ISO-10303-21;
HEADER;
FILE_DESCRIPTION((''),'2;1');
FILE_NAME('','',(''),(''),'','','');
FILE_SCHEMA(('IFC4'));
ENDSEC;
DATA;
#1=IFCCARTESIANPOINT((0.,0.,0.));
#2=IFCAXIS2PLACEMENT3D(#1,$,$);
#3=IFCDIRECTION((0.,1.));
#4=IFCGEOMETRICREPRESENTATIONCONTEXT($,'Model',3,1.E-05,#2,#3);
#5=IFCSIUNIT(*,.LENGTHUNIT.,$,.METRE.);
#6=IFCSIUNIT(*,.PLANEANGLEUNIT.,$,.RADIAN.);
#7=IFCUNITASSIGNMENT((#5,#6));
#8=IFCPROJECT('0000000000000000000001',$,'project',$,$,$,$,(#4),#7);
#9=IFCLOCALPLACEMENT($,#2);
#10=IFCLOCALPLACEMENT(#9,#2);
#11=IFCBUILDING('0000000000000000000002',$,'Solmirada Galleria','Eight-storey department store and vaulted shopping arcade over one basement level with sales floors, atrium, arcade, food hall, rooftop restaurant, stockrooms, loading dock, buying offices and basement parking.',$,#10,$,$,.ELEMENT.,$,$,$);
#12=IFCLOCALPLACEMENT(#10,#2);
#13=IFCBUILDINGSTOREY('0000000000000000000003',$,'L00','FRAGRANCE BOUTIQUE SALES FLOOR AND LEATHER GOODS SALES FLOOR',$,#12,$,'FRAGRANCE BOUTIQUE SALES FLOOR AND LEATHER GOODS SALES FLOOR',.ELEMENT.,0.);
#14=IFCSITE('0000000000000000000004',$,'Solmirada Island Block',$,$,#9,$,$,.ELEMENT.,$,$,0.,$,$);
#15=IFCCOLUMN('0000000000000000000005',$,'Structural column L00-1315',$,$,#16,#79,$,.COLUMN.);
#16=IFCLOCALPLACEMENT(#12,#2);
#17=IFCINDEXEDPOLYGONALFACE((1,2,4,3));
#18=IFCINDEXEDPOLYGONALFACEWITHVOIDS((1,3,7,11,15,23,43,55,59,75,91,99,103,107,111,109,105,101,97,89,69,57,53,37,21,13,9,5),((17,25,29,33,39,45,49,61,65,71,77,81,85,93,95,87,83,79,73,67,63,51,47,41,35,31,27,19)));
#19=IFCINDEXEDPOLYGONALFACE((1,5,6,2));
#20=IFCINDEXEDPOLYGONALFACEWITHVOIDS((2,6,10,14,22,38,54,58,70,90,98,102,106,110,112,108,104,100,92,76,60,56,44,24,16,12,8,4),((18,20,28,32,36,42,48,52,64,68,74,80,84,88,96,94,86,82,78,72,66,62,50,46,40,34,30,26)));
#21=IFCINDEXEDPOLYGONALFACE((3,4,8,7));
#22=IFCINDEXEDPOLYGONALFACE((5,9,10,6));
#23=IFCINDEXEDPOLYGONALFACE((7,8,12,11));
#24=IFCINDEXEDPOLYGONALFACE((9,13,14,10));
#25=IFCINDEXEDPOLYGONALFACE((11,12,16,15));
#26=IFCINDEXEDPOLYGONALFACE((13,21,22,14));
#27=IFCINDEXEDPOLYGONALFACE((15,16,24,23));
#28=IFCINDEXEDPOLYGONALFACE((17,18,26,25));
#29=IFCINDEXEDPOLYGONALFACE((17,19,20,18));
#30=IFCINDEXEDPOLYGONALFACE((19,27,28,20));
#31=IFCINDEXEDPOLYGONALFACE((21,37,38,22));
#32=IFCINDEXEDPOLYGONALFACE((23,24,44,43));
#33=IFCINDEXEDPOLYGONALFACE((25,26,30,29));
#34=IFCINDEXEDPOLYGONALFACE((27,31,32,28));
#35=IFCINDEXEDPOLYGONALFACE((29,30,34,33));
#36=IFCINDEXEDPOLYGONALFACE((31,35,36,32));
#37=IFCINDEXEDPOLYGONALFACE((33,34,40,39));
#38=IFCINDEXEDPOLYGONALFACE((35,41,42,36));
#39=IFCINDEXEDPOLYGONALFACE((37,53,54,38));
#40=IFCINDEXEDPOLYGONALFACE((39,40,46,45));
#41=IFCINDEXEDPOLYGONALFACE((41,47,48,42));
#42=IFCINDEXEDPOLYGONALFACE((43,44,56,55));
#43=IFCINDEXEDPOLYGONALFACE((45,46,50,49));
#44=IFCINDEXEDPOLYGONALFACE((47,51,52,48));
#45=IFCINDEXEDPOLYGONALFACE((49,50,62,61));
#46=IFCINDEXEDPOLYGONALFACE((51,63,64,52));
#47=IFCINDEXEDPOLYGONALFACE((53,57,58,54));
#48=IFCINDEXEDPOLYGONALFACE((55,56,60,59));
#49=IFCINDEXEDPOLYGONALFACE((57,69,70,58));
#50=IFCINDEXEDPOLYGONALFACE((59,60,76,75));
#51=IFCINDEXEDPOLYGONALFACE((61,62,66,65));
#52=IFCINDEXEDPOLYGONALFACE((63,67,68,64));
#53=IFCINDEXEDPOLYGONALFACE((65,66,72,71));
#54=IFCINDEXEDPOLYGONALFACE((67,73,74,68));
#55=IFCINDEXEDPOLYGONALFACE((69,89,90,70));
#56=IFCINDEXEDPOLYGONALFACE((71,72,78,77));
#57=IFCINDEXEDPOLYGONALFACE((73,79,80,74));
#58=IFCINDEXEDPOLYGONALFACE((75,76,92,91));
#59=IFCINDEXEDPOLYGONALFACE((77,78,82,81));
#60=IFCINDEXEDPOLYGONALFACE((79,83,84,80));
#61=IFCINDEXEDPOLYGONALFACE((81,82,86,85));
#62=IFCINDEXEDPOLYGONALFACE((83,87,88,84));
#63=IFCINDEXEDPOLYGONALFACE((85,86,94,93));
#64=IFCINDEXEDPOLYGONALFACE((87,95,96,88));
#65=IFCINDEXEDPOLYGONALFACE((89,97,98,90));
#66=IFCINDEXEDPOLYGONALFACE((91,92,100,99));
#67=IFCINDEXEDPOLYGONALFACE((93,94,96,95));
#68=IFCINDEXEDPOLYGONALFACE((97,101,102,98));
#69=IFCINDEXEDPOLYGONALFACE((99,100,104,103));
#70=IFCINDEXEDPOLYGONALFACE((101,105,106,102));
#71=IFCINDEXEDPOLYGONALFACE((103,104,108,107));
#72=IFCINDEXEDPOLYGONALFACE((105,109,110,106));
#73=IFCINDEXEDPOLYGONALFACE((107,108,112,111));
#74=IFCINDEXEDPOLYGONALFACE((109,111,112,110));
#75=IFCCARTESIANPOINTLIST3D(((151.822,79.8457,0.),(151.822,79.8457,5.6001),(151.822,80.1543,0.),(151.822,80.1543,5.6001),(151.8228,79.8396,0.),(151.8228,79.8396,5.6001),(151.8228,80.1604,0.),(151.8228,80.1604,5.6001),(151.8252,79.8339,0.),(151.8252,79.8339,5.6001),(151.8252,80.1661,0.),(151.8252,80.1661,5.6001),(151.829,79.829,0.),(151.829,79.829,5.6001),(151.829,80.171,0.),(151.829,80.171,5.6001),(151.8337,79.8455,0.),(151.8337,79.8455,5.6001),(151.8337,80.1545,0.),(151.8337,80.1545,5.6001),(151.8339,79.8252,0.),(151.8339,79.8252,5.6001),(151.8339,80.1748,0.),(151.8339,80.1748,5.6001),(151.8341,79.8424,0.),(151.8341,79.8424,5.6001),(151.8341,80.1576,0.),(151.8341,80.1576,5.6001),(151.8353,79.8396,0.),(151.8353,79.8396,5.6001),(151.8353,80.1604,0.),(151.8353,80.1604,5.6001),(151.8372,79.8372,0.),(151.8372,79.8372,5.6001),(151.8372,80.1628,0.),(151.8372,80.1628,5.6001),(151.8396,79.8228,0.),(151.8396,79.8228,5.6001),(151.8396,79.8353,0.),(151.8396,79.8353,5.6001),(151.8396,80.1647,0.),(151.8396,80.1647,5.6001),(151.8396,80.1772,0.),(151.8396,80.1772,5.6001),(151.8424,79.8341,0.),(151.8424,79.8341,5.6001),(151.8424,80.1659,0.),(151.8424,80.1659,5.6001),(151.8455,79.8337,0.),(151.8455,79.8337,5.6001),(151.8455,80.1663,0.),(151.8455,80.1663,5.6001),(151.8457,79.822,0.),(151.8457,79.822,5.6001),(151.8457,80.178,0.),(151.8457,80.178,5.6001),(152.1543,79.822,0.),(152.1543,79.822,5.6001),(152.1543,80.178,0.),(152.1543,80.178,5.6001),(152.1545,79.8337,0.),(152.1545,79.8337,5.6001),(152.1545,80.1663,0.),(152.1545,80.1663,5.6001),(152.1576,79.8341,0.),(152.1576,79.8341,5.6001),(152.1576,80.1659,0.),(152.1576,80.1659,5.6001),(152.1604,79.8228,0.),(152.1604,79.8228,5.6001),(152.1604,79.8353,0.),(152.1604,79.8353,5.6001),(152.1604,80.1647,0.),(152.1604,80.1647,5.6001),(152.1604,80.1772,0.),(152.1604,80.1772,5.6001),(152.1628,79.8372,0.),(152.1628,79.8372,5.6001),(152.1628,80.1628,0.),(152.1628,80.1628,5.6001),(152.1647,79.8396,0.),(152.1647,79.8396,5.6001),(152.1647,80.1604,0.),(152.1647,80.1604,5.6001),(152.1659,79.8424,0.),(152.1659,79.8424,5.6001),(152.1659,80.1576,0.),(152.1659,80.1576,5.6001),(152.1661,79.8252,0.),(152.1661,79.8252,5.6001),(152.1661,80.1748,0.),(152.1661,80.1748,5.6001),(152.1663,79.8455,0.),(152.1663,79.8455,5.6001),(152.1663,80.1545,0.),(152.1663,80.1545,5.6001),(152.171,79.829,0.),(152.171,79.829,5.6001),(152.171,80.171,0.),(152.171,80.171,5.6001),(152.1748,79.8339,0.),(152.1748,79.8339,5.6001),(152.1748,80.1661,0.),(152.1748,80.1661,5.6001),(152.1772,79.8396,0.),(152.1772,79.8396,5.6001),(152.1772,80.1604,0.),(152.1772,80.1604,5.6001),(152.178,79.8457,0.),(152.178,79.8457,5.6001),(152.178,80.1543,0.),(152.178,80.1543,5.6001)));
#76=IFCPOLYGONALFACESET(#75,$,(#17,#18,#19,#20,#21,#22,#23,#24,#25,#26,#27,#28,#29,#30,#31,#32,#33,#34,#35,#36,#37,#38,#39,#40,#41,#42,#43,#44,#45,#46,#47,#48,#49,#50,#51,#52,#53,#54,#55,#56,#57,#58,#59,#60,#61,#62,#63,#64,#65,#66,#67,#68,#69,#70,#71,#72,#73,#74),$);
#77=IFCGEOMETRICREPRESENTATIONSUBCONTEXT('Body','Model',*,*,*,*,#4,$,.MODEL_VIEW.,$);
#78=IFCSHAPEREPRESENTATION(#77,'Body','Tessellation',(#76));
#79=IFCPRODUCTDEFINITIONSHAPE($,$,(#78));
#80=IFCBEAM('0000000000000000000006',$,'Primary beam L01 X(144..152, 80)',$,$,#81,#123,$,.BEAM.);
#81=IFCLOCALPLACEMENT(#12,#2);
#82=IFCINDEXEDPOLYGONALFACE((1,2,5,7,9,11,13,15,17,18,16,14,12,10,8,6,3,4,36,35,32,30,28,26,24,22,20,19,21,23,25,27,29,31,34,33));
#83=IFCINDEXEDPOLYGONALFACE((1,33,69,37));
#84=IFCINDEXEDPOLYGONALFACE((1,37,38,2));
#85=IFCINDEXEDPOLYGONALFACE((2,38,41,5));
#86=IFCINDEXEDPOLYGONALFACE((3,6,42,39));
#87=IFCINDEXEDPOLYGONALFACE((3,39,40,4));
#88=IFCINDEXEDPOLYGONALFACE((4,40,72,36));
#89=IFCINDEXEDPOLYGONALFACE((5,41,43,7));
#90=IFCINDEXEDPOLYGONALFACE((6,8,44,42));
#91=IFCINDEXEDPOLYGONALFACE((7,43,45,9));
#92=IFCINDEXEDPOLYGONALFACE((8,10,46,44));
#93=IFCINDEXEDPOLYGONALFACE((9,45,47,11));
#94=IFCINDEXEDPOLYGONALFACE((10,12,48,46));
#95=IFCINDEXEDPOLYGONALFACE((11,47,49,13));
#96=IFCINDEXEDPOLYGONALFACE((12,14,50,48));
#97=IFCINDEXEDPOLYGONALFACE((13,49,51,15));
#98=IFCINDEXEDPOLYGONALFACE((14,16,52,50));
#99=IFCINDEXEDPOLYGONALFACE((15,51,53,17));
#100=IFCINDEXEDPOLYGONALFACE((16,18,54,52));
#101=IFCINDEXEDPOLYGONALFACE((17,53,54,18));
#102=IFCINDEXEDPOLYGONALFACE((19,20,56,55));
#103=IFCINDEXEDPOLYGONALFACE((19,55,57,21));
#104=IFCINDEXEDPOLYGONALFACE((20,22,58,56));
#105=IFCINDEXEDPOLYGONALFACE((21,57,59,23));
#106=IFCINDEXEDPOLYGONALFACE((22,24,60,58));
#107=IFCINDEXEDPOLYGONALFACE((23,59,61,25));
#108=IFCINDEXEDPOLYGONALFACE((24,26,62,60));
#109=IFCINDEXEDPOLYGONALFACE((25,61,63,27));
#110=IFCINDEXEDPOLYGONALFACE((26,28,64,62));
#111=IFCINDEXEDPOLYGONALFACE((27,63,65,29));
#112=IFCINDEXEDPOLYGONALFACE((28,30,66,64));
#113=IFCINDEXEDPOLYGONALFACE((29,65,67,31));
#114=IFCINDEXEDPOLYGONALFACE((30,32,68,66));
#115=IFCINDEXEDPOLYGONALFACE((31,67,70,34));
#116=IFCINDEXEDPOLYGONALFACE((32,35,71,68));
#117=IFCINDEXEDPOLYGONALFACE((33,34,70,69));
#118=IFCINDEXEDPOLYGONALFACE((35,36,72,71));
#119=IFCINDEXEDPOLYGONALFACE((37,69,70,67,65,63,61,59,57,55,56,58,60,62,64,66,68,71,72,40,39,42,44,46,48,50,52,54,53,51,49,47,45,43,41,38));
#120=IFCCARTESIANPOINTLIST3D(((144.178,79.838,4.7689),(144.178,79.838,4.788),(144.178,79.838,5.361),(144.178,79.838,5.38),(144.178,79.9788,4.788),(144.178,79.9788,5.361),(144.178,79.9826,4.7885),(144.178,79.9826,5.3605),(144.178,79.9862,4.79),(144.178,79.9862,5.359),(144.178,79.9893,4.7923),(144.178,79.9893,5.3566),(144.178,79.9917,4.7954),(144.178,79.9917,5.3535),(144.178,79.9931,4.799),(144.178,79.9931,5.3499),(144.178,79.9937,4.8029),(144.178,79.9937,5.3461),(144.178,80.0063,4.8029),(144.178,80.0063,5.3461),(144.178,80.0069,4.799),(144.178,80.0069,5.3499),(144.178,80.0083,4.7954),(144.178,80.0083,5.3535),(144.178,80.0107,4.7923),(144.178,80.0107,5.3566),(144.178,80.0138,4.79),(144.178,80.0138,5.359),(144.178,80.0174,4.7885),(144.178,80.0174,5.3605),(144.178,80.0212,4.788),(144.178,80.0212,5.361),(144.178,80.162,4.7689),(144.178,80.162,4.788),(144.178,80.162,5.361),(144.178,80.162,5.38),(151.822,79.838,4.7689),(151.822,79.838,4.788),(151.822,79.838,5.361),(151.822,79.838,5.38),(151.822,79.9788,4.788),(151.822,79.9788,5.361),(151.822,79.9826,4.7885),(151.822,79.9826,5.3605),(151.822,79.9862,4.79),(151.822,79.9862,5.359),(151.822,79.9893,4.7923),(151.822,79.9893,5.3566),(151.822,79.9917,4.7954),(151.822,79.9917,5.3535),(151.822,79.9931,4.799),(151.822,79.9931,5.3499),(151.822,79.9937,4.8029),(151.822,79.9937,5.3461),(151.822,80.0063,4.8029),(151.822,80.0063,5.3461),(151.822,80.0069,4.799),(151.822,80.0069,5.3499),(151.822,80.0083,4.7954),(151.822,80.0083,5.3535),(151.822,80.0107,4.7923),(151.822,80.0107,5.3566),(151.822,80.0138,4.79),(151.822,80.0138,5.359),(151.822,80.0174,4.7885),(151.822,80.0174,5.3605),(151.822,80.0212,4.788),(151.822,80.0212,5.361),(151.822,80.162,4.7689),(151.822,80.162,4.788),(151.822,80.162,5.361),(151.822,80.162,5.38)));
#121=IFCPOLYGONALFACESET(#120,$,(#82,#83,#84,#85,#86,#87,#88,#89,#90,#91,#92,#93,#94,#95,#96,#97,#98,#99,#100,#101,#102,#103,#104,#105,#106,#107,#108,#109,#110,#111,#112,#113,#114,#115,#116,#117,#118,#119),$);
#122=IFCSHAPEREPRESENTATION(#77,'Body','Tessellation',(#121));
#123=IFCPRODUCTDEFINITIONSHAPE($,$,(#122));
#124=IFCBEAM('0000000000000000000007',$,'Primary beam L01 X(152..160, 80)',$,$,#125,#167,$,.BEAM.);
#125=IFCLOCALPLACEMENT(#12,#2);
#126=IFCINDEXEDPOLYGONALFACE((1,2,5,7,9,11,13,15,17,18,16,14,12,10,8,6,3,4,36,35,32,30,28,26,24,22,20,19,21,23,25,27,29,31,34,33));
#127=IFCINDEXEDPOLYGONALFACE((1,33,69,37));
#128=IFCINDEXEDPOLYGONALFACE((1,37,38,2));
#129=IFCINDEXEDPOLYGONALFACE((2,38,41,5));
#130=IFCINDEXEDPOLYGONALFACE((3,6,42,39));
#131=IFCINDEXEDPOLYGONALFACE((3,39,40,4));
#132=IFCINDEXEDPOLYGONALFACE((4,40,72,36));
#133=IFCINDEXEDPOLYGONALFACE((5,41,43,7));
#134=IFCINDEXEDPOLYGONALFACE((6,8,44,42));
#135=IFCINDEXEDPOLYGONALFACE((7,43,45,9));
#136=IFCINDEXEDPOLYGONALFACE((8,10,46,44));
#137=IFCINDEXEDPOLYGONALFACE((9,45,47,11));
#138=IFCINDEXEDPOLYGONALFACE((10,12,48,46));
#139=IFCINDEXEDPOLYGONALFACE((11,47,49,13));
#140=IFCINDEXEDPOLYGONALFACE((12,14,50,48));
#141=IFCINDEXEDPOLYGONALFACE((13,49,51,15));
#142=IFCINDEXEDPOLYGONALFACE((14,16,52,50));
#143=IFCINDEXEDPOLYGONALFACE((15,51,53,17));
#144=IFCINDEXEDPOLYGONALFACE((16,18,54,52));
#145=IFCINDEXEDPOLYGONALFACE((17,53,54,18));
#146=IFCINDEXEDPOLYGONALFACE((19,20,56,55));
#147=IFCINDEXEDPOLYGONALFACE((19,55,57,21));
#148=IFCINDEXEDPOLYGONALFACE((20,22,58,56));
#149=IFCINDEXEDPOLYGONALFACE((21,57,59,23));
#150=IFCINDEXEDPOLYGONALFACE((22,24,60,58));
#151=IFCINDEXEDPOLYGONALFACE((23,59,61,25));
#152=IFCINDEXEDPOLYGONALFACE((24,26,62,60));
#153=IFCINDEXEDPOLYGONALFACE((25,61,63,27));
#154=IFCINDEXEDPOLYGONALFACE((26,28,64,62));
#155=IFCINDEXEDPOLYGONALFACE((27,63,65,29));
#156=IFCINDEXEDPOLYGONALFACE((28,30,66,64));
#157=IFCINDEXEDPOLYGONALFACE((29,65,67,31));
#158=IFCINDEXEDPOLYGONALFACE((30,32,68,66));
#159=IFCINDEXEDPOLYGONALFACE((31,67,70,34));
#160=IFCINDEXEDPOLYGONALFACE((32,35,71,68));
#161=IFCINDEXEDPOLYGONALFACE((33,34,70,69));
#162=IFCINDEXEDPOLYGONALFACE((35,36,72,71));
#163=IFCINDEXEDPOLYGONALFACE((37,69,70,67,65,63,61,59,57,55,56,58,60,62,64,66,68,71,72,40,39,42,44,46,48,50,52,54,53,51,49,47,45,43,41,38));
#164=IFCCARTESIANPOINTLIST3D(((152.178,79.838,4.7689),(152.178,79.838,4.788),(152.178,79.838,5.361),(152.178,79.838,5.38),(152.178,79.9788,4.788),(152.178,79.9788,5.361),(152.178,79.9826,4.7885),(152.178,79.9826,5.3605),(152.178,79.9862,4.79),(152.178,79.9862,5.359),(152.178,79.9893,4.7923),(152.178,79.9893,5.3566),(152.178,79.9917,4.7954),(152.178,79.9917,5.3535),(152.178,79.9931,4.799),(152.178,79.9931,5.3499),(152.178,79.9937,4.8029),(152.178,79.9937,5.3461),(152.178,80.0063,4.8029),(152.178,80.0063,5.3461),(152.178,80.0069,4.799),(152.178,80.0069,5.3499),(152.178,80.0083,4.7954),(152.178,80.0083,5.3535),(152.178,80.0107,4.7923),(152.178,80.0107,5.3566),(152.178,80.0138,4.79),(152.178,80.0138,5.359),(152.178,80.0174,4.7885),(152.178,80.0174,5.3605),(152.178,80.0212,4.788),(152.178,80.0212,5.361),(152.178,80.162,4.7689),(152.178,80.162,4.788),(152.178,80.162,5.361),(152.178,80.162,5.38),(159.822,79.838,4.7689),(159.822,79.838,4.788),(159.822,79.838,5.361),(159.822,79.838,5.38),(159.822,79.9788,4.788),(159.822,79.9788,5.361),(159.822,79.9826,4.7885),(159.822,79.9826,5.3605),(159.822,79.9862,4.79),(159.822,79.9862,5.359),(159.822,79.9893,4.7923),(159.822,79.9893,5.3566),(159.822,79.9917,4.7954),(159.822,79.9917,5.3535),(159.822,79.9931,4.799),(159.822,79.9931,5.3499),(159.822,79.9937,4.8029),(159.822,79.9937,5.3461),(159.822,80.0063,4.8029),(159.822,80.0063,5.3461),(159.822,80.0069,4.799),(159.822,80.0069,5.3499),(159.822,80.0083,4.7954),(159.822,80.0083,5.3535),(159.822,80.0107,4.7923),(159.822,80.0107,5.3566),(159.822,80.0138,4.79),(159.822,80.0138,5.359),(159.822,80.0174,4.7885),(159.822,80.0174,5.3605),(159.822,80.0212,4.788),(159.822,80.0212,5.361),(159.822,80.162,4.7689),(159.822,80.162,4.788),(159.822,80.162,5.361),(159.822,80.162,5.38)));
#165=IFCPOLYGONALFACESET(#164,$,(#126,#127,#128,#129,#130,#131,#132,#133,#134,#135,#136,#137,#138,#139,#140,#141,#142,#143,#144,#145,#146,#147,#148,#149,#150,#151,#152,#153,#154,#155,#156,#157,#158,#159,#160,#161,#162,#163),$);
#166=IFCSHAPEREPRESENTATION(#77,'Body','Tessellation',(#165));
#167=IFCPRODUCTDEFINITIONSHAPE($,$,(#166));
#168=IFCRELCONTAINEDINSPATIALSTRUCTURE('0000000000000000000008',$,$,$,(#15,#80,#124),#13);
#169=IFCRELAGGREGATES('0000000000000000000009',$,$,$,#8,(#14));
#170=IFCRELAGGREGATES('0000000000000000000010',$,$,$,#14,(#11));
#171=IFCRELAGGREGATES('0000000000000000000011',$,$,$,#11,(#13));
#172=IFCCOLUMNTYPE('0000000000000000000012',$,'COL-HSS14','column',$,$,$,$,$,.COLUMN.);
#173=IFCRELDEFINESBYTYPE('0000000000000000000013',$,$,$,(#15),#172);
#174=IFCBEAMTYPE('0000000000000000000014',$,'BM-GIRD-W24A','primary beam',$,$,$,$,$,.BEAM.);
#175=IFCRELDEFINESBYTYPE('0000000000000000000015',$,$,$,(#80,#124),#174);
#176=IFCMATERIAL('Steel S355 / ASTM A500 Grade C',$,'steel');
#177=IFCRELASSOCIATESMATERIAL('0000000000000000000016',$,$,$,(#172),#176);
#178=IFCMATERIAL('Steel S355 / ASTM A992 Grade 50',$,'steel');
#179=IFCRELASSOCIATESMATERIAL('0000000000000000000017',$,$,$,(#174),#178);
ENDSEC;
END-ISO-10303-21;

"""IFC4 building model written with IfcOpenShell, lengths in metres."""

from ifc_helpers import new_model, si_unit, direction, frame, origin, origin_2d, place, context, subcontext, project, spatial, hollow_rectangle, i_section, extrude, material, material_profile, profile_set, type_object, element, save


model = new_model("IFC4")

# Units and contexts
model_context = context("Model", 3, precision=1e-05, world=origin(), true_north=direction((0.0, 1.0)))
body_context = subcontext(model_context, "Body", "Model", "MODEL_VIEW")
ifc_project = project(units=[si_unit("LENGTHUNIT", "METRE"), si_unit("PLANEANGLEUNIT", "RADIAN")], contexts=[model_context])

# Site, building, storey
site_placement = place(None, origin())
site = spatial("IfcSite", under=ifc_project, at=site_placement, Name="Solmirada Island Block", CompositionType="ELEMENT", RefElevation=0.0)
building_placement = place(site_placement, origin())
building = spatial("IfcBuilding", under=site, at=building_placement, Name="Solmirada Galleria", Description="Eight-storey department store and vaulted shopping arcade over one basement level with sales floors, atrium, arcade, food hall, rooftop restaurant, stockrooms, loading dock, buying offices and basement parking.", CompositionType="ELEMENT")
storey_placement = place(building_placement, origin())
storey = spatial("IfcBuildingStorey", under=building, at=storey_placement, Name="L00", Description="FRAGRANCE BOUTIQUE SALES FLOOR AND LEATHER GOODS SALES FLOOR", LongName="FRAGRANCE BOUTIQUE SALES FLOOR AND LEATHER GOODS SALES FLOOR", CompositionType="ELEMENT", Elevation=0.0)

# Column
ifc_material_1 = material(Name="Steel S355 / ASTM A500 Grade C", Category="steel")
ifc_material_profile_1 = material_profile(ifc_material_1, hollow_rectangle(XDim=0.356, YDim=0.356, WallThickness=0.0117, InnerFilletRadius=0.0117, OuterFilletRadius=0.0237, at=origin_2d()), Name="HSS14X14X1/2")
ifc_profile_set_1 = profile_set([ifc_material_profile_1], Name="Steel S355 / ASTM A500 Grade C")
column_type_1 = type_object("IfcColumnType", Name="COL-HSS14", Description="column", PredefinedType="COLUMN", material=ifc_profile_set_1)
for number, where, z_axis, x_axis, name in (
    (1, (152.0, 80.0, 0.0), (0.0, 0.0, 1.0), (1.0, 0.0, 0.0), "Structural column L00-1315"),
):
    element("IfcColumn", number, at=place(storey_placement, frame(where, z_axis=z_axis, x_axis=x_axis)), inside=storey, type_object=column_type_1, Name=name, PredefinedType="COLUMN", context=body_context, shape_type="SweptSolid", body=[
        extrude(hollow_rectangle(XDim=0.356, YDim=0.356, WallThickness=0.0117, InnerFilletRadius=0.0117, OuterFilletRadius=0.0237, at=origin_2d()), origin(), (0.0, 0.0, 1.0), 5.6001),
    ])

# Beams
ifc_material_2 = material(Name="Steel S355 / ASTM A992 Grade 50", Category="steel")
ifc_material_profile_2 = material_profile(ifc_material_2, i_section(OverallWidth=0.324, OverallDepth=0.6111, WebThickness=0.0127, FlangeThickness=0.019, FilletRadius=0.0149, at=origin_2d()), Name="W24X104")
ifc_profile_set_2 = profile_set([ifc_material_profile_2], Name="Steel S355 / ASTM A992 Grade 50")
beam_type_1 = type_object("IfcBeamType", Name="BM-GIRD-W24A", Description="primary beam", PredefinedType="BEAM", material=ifc_profile_set_2)
for number, where, z_axis, x_axis, name in (
    (2, (144.178, 80.0, 5.0745), (1.0, 0.0, 0.0), (0.0, 1.0, 0.0), "Primary beam L01 X(144..152, 80)"),
    (3, (152.178, 80.0, 5.0745), (1.0, 0.0, 0.0), (0.0, 1.0, 0.0), "Primary beam L01 X(152..160, 80)"),
):
    element("IfcBeam", number, at=place(storey_placement, frame(where, z_axis=z_axis, x_axis=x_axis)), inside=storey, type_object=beam_type_1, Name=name, PredefinedType="BEAM", context=body_context, shape_type="SweptSolid", body=[
        extrude(i_section(OverallWidth=0.324, OverallDepth=0.6111, WebThickness=0.0127, FlangeThickness=0.019, FilletRadius=0.0149, at=origin_2d()), origin(), (0.0, 0.0, 1.0), 7.644),
    ])

save(model, "model.ifc")
